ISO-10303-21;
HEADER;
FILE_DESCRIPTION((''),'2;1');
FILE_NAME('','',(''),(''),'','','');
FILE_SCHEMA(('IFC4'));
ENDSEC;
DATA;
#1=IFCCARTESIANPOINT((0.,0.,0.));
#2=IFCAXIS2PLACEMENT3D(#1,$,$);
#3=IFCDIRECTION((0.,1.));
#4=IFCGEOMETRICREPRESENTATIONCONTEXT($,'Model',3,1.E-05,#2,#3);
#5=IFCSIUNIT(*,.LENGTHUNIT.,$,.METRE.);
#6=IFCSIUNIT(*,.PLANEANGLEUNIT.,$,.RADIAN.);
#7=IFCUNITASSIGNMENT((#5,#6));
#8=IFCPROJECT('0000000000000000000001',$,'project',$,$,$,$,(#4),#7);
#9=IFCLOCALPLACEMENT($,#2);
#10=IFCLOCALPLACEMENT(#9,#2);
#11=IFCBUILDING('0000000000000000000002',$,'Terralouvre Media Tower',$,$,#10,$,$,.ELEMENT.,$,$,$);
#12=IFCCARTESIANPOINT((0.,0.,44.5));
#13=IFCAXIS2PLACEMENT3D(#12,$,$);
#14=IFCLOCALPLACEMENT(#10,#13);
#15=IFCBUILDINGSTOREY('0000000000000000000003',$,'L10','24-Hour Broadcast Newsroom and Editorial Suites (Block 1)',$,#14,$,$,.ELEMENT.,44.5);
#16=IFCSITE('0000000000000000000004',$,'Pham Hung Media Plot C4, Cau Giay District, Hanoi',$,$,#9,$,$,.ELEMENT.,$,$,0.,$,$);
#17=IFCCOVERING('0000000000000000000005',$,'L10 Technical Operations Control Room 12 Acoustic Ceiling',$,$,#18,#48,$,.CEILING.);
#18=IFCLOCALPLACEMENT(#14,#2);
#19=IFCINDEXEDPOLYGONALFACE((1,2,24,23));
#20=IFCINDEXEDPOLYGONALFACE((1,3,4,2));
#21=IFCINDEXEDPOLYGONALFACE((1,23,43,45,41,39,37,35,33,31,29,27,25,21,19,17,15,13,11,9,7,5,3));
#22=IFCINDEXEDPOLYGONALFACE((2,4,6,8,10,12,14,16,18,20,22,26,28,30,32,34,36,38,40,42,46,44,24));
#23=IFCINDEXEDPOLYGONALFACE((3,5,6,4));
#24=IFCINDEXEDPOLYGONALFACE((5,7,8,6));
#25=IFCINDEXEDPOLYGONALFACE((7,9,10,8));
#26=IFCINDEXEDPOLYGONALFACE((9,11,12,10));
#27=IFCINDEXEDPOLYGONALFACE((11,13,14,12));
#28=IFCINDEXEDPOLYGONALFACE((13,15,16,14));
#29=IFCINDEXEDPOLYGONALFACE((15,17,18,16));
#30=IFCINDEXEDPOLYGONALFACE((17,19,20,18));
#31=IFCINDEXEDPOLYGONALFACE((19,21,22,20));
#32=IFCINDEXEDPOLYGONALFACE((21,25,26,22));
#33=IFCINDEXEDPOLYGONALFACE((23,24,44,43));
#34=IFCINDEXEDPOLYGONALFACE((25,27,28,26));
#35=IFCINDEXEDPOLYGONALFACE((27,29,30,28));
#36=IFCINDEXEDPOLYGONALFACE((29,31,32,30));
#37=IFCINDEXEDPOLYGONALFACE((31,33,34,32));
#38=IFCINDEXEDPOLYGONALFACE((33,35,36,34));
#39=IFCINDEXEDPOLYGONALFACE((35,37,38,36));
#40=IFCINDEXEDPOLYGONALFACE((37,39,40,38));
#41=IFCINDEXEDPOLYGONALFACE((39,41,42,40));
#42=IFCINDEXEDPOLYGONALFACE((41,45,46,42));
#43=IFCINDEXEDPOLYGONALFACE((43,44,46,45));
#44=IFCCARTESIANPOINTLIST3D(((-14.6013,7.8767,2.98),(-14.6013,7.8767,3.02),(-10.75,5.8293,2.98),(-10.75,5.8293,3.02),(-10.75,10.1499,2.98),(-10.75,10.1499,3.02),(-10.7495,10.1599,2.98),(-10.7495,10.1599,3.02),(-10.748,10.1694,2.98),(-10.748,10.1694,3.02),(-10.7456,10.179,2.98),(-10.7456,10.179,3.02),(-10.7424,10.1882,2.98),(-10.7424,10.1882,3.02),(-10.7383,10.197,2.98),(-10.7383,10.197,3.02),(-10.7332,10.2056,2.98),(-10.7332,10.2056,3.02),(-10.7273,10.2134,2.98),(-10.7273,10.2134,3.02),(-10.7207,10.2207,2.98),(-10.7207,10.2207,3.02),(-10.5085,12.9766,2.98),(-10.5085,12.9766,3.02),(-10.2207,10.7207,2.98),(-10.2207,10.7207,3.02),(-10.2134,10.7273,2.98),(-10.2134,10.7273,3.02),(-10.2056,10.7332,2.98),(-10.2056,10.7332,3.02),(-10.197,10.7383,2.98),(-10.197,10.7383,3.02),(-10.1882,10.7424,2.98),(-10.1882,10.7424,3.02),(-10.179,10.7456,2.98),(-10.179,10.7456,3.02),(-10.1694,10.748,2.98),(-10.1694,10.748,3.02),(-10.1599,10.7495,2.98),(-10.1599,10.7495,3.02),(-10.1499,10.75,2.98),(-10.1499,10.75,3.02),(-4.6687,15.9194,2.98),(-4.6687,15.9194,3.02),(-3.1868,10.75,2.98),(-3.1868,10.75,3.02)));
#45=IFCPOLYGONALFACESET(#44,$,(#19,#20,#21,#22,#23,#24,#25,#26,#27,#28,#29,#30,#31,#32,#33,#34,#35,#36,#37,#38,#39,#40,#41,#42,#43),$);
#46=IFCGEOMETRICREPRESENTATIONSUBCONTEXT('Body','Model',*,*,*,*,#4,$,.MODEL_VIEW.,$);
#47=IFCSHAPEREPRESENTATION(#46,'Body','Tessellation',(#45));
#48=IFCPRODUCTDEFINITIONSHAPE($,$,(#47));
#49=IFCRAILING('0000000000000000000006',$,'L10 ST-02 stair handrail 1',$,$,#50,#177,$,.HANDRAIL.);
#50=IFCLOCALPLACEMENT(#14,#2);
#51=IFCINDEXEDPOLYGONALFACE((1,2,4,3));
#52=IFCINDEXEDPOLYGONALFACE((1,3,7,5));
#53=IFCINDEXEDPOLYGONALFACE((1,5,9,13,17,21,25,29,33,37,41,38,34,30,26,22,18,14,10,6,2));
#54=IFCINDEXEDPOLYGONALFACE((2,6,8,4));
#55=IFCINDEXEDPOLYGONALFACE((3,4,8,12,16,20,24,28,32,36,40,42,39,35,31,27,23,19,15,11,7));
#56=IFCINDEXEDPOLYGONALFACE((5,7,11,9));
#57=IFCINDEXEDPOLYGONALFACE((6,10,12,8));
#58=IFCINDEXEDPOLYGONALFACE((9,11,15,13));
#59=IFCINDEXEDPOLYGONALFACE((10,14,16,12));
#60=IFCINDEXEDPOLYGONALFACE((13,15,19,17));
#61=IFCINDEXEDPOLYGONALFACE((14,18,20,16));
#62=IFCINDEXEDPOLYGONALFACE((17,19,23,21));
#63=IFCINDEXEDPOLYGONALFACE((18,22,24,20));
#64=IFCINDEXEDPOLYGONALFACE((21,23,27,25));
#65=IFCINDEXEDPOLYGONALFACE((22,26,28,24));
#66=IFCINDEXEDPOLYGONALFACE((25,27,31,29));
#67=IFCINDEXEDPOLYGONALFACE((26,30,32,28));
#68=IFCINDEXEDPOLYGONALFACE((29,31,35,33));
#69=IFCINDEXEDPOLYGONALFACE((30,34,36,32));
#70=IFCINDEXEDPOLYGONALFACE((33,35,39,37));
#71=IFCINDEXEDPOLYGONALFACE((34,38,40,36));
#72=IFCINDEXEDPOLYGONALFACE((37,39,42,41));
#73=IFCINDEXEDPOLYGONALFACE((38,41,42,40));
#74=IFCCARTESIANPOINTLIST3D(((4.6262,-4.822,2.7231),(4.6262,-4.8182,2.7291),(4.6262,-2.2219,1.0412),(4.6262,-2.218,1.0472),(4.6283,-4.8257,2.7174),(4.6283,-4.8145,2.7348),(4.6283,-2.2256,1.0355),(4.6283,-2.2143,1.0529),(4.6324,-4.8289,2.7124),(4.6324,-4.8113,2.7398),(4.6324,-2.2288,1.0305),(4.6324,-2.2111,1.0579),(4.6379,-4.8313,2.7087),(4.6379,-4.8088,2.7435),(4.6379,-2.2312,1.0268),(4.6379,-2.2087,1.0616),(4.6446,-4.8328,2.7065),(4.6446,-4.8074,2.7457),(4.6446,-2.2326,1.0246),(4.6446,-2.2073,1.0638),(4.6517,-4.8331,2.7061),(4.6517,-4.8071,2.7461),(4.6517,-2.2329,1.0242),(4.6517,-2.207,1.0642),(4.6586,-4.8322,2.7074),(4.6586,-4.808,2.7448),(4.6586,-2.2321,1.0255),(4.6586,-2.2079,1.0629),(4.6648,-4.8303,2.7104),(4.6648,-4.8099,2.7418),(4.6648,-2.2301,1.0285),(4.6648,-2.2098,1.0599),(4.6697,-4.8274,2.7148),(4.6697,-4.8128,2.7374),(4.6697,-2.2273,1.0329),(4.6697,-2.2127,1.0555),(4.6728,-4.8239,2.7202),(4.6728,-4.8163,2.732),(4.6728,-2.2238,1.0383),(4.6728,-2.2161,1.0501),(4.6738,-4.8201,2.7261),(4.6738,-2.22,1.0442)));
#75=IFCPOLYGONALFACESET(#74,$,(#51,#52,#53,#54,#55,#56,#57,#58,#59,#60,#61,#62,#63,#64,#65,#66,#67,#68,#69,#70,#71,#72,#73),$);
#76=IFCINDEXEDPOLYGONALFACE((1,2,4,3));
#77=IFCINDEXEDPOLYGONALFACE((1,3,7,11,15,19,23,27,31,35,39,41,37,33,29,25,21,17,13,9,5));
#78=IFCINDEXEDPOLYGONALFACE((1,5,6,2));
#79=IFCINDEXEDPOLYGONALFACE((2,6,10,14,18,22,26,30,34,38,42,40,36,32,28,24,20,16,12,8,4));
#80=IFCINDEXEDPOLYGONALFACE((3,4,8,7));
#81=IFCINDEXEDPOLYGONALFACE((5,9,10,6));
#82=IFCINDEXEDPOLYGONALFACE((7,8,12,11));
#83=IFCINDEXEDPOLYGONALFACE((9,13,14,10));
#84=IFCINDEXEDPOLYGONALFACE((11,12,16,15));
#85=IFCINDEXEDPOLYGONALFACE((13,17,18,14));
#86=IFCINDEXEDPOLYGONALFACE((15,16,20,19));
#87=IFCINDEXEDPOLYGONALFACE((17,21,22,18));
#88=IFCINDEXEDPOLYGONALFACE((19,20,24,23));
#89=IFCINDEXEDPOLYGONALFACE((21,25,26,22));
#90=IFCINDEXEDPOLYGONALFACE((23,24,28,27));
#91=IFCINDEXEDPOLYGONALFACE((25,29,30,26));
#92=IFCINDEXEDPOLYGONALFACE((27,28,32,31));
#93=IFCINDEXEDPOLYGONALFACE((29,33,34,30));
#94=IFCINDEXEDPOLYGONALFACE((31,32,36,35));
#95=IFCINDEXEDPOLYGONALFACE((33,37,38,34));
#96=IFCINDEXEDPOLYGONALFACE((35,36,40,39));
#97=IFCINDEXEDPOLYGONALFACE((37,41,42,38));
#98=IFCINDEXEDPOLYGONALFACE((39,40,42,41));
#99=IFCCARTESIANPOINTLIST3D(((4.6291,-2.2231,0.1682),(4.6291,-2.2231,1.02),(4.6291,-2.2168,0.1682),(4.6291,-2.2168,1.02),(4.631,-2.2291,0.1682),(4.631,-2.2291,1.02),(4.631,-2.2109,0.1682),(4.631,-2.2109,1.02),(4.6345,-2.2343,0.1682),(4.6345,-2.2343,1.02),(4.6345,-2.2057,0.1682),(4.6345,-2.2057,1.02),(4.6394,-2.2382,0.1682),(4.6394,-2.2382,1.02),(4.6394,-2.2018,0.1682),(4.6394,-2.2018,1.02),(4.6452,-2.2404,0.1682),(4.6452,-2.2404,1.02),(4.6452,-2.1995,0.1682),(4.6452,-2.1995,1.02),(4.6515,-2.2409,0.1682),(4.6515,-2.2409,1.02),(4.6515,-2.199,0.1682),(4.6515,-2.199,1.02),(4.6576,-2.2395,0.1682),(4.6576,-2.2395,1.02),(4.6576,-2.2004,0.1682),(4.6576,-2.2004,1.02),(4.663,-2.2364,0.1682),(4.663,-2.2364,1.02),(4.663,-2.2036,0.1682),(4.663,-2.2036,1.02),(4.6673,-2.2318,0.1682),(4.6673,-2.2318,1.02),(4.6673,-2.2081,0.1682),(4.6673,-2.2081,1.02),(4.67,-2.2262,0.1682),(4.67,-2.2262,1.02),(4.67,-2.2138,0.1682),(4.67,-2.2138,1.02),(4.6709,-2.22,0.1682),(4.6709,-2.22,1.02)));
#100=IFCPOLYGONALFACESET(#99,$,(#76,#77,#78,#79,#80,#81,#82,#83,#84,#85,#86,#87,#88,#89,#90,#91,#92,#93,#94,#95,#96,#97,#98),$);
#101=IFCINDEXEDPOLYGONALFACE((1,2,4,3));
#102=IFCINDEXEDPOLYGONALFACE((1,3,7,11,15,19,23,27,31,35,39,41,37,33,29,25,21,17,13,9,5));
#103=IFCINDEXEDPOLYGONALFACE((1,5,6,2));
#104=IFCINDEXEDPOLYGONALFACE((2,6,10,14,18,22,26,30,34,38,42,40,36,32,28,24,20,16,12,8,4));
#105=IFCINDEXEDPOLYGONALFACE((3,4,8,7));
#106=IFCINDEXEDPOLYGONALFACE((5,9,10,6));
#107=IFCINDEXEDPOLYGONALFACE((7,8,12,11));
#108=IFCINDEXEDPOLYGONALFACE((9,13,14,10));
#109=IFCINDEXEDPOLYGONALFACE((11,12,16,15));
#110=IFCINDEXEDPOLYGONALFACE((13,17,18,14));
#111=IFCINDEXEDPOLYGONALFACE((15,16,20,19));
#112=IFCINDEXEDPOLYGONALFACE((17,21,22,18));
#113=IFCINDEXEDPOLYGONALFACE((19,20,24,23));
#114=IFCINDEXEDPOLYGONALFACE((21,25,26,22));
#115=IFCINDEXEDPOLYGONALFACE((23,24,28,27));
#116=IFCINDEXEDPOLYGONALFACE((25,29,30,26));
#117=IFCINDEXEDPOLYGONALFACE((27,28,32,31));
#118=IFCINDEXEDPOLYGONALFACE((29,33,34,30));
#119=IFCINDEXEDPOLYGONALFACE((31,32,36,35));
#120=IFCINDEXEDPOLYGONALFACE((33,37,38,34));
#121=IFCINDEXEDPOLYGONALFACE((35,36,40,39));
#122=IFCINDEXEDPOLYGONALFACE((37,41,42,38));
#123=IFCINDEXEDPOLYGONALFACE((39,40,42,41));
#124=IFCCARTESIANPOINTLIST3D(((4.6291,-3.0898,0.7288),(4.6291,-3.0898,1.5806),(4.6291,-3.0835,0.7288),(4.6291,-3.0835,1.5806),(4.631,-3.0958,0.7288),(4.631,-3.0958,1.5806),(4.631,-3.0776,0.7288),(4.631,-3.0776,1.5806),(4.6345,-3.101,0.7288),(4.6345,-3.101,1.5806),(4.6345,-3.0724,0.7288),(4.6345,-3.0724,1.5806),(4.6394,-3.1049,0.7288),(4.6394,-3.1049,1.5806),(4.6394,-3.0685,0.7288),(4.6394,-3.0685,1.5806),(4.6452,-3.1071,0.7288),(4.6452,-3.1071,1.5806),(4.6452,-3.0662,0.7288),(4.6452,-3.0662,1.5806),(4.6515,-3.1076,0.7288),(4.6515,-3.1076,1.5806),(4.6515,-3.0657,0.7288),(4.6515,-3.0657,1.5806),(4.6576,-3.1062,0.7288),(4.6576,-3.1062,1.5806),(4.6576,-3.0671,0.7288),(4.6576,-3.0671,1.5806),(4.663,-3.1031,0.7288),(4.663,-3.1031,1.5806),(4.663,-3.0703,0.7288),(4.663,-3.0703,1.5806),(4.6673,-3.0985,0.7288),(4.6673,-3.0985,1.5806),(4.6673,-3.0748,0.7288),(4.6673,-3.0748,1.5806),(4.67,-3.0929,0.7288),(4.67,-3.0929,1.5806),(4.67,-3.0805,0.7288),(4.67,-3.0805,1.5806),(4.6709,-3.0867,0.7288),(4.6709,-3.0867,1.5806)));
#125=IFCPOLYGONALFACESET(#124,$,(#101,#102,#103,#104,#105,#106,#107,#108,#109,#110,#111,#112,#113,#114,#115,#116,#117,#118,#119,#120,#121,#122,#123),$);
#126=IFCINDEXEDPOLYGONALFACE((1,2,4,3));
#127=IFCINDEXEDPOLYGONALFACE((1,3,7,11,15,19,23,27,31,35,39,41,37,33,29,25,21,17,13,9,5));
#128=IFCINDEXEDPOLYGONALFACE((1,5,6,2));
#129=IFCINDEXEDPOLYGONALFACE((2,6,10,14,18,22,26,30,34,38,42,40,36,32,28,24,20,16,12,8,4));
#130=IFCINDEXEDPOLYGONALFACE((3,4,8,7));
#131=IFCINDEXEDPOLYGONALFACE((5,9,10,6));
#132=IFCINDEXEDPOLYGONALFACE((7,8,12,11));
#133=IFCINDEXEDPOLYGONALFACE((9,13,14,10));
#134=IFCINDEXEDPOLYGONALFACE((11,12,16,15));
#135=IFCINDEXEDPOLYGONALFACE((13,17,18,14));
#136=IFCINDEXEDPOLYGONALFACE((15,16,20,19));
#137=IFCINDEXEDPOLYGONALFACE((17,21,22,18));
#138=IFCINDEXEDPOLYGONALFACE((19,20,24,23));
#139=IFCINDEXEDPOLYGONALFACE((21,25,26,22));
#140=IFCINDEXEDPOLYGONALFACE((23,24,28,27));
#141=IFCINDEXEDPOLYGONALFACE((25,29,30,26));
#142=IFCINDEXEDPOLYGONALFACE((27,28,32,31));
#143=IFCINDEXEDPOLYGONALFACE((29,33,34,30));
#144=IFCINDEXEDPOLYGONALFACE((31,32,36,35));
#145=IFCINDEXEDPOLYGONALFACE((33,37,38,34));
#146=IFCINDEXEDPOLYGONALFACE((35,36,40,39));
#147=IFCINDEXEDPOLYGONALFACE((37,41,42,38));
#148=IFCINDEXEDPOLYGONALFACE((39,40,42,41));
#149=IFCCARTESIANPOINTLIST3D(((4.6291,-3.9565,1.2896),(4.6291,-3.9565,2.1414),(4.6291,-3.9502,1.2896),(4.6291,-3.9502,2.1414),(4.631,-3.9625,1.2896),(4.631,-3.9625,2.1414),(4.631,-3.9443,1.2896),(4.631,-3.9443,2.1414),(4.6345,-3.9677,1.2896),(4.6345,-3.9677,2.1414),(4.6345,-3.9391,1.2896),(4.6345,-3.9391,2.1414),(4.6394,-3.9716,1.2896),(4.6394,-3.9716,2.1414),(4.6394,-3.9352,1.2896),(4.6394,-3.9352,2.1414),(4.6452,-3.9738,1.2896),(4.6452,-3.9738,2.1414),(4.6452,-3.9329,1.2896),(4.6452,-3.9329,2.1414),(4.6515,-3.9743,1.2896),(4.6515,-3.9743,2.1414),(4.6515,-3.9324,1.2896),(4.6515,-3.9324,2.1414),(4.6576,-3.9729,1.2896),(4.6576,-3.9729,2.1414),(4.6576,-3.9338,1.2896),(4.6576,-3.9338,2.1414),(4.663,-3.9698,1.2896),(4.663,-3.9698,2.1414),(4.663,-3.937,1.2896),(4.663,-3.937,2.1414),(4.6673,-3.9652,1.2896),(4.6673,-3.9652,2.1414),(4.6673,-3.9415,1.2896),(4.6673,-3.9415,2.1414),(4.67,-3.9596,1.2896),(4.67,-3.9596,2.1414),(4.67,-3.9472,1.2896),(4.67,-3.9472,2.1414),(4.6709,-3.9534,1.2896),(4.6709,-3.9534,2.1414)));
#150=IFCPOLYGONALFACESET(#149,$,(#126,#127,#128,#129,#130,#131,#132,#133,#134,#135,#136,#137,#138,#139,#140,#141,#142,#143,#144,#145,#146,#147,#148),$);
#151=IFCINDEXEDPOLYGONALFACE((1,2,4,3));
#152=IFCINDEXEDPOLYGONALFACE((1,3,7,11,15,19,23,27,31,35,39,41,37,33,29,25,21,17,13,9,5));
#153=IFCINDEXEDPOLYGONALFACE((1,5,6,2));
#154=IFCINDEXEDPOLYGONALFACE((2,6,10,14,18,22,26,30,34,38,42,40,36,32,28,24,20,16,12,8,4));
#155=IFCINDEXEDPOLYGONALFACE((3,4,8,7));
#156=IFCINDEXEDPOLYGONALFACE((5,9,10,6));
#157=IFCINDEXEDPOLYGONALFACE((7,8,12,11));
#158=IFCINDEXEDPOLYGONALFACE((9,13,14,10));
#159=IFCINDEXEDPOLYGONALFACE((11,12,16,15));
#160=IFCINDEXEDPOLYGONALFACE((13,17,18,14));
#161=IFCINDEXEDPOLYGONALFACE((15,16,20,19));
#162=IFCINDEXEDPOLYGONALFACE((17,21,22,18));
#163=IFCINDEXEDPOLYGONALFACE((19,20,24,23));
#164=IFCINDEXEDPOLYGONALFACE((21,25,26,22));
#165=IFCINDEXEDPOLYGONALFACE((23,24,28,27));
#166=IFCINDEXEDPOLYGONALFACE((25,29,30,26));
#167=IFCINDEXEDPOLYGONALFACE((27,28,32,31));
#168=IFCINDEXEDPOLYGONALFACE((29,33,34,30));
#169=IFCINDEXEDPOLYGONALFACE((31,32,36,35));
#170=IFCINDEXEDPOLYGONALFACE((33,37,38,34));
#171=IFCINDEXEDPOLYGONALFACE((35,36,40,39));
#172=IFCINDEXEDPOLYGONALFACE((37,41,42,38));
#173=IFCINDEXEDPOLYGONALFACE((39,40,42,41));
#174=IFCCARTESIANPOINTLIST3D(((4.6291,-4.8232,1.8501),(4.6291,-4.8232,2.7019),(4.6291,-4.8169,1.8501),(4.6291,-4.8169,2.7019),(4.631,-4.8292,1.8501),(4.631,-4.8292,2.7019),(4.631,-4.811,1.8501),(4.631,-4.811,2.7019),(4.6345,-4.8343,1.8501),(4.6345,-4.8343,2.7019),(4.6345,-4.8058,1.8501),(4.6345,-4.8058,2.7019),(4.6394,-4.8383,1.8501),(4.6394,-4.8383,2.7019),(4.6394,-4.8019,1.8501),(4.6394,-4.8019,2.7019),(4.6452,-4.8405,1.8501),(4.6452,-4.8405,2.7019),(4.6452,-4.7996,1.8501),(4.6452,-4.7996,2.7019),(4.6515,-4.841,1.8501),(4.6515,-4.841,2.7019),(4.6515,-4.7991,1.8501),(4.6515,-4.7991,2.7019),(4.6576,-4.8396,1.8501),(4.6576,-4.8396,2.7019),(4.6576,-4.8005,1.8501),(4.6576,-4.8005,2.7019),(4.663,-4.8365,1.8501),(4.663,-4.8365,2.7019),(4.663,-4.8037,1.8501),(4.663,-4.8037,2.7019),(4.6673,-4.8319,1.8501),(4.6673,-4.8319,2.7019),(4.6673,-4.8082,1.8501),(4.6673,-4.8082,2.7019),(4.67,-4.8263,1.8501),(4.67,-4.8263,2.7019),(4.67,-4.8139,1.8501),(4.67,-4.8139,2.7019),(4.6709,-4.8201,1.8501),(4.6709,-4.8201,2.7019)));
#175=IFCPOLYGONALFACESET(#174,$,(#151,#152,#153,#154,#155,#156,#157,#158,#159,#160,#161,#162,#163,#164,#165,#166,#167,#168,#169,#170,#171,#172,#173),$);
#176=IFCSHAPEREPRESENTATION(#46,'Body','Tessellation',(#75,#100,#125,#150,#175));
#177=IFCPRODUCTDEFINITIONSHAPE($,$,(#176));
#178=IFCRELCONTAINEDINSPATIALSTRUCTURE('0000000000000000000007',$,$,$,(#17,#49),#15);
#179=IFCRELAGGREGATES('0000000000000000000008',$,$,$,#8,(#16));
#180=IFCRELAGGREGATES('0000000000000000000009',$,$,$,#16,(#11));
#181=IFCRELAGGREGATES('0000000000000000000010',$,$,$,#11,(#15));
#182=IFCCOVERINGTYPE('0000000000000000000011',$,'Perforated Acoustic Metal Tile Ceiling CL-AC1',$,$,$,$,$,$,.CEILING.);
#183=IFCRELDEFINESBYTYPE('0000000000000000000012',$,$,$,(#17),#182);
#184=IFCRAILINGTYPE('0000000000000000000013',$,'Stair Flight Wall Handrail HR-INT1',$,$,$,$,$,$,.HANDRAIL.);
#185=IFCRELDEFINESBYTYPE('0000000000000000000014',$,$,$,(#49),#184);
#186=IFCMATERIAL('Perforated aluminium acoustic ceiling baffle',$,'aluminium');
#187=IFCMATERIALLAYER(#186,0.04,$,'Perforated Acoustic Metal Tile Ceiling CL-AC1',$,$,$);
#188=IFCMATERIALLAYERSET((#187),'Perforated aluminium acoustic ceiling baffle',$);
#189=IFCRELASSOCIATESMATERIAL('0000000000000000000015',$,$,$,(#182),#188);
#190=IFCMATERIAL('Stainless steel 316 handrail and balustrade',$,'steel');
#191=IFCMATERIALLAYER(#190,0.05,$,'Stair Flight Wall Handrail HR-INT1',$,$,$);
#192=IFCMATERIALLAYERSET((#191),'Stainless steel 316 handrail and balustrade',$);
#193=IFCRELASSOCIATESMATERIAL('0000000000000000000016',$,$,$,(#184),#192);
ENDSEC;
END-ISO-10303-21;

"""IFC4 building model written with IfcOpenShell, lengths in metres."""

from ifc_helpers import new_model, si_unit, direction, frame, origin, origin_2d, place, context, subcontext, project, spatial, polyline, circle, outline, extrude, material, layer, layer_set, type_object, element, save


model = new_model("IFC4")

# Units and contexts
model_context = context("Model", 3, precision=1e-05, world=origin(), true_north=direction((0.0, 1.0)))
body_context = subcontext(model_context, "Body", "Model", "MODEL_VIEW")
ifc_project = project(units=[si_unit("LENGTHUNIT", "METRE"), si_unit("PLANEANGLEUNIT", "RADIAN")], contexts=[model_context])

# Site, building, storey
site_placement = place(None, origin())
site = spatial("IfcSite", under=ifc_project, at=site_placement, Name="Pham Hung Media Plot C4, Cau Giay District, Hanoi", CompositionType="ELEMENT", RefElevation=0.0)
building_placement = place(site_placement, origin())
building = spatial("IfcBuilding", under=site, at=building_placement, Name="Terralouvre Media Tower", CompositionType="ELEMENT")
storey_placement = place(building_placement, frame((0.0, 0.0, 44.5)))
storey = spatial("IfcBuildingStorey", under=building, at=storey_placement, Name="L10", Description="24-Hour Broadcast Newsroom and Editorial Suites (Block 1)", CompositionType="ELEMENT", Elevation=44.5)

# Covering
ifc_material_1 = material(Name="Perforated aluminium acoustic ceiling baffle", Category="aluminium")
ifc_layer_1 = layer(ifc_material_1, 0.04, Name="Perforated Acoustic Metal Tile Ceiling CL-AC1")
ifc_layer_set_1 = layer_set([ifc_layer_1], Name="Perforated aluminium acoustic ceiling baffle")
covering_type_1 = type_object("IfcCoveringType", Name="Perforated Acoustic Metal Tile Ceiling CL-AC1", PredefinedType="CEILING", material=ifc_layer_set_1)
covering_1_placement = place(storey_placement, frame((0.0, 0.0, 2.98)))
element("IfcCovering", 1, at=covering_1_placement, inside=storey, type_object=covering_type_1, Name="L10 Technical Operations Control Room 12 Acoustic Ceiling", PredefinedType="CEILING", context=body_context, shape_type="SweptSolid", body=[
    extrude(outline(polyline([(-10.5085, 12.9766), (-14.6013, 7.8767), (-10.75, 5.8293), (-10.75, 10.1499), (-10.7495, 10.1599), (-10.748, 10.1694), (-10.7456, 10.179), (-10.7424, 10.1882), (-10.7383, 10.197), (-10.7332, 10.2056), (-10.7273, 10.2134), (-10.7207, 10.2207), (-10.2207, 10.7207), (-10.2134, 10.7273), (-10.2056, 10.7332), (-10.197, 10.7383), (-10.1882, 10.7424), (-10.179, 10.7456), (-10.1694, 10.748), (-10.1599, 10.7495), (-10.1499, 10.75), (-3.1868, 10.75), (-4.6687, 15.9194), (-10.5085, 12.9766)])), origin(), (0.0, 0.0, 1.0), 0.04),
])

# Railing
ifc_material_2 = material(Name="Stainless steel 316 handrail and balustrade", Category="steel")
ifc_layer_2 = layer(ifc_material_2, 0.05, Name="Stair Flight Wall Handrail HR-INT1")
ifc_layer_set_2 = layer_set([ifc_layer_2], Name="Stainless steel 316 handrail and balustrade")
railing_type_1 = type_object("IfcRailingType", Name="Stair Flight Wall Handrail HR-INT1", PredefinedType="HANDRAIL", material=ifc_layer_set_2)
railing_1_placement = place(storey_placement, frame((4.6499, -2.22, 0.1682)))
element("IfcRailing", 2, at=railing_1_placement, inside=storey, type_object=railing_type_1, Name="L10 ST-02 stair handrail 1", PredefinedType="HANDRAIL", context=body_context, shape_type="SweptSolid", body=[
    extrude(circle(Radius=0.0239, at=origin_2d()), frame((0.0, 0.0, 0.876), z_axis=(0.0, -0.839648, 0.54313), x_axis=(1.0, 0.0, 0.0)), (0.0, 0.0, 1.0), 3.0967),
    extrude(circle(Radius=0.021, at=origin_2d()), origin(), (0.0, 0.0, 1.0), 0.8518),
    extrude(circle(Radius=0.021, at=origin_2d()), frame((0.0, -0.8667, 0.5605)), (0.0, 0.0, 1.0), 0.8518),
    extrude(circle(Radius=0.021, at=origin_2d()), frame((0.0, -1.7334, 1.1213)), (0.0, 0.0, 1.0), 0.8518),
    extrude(circle(Radius=0.021, at=origin_2d()), frame((0.0, -2.6001, 1.6819)), (0.0, 0.0, 1.0), 0.8518),
])

save(model, "model.ifc")
